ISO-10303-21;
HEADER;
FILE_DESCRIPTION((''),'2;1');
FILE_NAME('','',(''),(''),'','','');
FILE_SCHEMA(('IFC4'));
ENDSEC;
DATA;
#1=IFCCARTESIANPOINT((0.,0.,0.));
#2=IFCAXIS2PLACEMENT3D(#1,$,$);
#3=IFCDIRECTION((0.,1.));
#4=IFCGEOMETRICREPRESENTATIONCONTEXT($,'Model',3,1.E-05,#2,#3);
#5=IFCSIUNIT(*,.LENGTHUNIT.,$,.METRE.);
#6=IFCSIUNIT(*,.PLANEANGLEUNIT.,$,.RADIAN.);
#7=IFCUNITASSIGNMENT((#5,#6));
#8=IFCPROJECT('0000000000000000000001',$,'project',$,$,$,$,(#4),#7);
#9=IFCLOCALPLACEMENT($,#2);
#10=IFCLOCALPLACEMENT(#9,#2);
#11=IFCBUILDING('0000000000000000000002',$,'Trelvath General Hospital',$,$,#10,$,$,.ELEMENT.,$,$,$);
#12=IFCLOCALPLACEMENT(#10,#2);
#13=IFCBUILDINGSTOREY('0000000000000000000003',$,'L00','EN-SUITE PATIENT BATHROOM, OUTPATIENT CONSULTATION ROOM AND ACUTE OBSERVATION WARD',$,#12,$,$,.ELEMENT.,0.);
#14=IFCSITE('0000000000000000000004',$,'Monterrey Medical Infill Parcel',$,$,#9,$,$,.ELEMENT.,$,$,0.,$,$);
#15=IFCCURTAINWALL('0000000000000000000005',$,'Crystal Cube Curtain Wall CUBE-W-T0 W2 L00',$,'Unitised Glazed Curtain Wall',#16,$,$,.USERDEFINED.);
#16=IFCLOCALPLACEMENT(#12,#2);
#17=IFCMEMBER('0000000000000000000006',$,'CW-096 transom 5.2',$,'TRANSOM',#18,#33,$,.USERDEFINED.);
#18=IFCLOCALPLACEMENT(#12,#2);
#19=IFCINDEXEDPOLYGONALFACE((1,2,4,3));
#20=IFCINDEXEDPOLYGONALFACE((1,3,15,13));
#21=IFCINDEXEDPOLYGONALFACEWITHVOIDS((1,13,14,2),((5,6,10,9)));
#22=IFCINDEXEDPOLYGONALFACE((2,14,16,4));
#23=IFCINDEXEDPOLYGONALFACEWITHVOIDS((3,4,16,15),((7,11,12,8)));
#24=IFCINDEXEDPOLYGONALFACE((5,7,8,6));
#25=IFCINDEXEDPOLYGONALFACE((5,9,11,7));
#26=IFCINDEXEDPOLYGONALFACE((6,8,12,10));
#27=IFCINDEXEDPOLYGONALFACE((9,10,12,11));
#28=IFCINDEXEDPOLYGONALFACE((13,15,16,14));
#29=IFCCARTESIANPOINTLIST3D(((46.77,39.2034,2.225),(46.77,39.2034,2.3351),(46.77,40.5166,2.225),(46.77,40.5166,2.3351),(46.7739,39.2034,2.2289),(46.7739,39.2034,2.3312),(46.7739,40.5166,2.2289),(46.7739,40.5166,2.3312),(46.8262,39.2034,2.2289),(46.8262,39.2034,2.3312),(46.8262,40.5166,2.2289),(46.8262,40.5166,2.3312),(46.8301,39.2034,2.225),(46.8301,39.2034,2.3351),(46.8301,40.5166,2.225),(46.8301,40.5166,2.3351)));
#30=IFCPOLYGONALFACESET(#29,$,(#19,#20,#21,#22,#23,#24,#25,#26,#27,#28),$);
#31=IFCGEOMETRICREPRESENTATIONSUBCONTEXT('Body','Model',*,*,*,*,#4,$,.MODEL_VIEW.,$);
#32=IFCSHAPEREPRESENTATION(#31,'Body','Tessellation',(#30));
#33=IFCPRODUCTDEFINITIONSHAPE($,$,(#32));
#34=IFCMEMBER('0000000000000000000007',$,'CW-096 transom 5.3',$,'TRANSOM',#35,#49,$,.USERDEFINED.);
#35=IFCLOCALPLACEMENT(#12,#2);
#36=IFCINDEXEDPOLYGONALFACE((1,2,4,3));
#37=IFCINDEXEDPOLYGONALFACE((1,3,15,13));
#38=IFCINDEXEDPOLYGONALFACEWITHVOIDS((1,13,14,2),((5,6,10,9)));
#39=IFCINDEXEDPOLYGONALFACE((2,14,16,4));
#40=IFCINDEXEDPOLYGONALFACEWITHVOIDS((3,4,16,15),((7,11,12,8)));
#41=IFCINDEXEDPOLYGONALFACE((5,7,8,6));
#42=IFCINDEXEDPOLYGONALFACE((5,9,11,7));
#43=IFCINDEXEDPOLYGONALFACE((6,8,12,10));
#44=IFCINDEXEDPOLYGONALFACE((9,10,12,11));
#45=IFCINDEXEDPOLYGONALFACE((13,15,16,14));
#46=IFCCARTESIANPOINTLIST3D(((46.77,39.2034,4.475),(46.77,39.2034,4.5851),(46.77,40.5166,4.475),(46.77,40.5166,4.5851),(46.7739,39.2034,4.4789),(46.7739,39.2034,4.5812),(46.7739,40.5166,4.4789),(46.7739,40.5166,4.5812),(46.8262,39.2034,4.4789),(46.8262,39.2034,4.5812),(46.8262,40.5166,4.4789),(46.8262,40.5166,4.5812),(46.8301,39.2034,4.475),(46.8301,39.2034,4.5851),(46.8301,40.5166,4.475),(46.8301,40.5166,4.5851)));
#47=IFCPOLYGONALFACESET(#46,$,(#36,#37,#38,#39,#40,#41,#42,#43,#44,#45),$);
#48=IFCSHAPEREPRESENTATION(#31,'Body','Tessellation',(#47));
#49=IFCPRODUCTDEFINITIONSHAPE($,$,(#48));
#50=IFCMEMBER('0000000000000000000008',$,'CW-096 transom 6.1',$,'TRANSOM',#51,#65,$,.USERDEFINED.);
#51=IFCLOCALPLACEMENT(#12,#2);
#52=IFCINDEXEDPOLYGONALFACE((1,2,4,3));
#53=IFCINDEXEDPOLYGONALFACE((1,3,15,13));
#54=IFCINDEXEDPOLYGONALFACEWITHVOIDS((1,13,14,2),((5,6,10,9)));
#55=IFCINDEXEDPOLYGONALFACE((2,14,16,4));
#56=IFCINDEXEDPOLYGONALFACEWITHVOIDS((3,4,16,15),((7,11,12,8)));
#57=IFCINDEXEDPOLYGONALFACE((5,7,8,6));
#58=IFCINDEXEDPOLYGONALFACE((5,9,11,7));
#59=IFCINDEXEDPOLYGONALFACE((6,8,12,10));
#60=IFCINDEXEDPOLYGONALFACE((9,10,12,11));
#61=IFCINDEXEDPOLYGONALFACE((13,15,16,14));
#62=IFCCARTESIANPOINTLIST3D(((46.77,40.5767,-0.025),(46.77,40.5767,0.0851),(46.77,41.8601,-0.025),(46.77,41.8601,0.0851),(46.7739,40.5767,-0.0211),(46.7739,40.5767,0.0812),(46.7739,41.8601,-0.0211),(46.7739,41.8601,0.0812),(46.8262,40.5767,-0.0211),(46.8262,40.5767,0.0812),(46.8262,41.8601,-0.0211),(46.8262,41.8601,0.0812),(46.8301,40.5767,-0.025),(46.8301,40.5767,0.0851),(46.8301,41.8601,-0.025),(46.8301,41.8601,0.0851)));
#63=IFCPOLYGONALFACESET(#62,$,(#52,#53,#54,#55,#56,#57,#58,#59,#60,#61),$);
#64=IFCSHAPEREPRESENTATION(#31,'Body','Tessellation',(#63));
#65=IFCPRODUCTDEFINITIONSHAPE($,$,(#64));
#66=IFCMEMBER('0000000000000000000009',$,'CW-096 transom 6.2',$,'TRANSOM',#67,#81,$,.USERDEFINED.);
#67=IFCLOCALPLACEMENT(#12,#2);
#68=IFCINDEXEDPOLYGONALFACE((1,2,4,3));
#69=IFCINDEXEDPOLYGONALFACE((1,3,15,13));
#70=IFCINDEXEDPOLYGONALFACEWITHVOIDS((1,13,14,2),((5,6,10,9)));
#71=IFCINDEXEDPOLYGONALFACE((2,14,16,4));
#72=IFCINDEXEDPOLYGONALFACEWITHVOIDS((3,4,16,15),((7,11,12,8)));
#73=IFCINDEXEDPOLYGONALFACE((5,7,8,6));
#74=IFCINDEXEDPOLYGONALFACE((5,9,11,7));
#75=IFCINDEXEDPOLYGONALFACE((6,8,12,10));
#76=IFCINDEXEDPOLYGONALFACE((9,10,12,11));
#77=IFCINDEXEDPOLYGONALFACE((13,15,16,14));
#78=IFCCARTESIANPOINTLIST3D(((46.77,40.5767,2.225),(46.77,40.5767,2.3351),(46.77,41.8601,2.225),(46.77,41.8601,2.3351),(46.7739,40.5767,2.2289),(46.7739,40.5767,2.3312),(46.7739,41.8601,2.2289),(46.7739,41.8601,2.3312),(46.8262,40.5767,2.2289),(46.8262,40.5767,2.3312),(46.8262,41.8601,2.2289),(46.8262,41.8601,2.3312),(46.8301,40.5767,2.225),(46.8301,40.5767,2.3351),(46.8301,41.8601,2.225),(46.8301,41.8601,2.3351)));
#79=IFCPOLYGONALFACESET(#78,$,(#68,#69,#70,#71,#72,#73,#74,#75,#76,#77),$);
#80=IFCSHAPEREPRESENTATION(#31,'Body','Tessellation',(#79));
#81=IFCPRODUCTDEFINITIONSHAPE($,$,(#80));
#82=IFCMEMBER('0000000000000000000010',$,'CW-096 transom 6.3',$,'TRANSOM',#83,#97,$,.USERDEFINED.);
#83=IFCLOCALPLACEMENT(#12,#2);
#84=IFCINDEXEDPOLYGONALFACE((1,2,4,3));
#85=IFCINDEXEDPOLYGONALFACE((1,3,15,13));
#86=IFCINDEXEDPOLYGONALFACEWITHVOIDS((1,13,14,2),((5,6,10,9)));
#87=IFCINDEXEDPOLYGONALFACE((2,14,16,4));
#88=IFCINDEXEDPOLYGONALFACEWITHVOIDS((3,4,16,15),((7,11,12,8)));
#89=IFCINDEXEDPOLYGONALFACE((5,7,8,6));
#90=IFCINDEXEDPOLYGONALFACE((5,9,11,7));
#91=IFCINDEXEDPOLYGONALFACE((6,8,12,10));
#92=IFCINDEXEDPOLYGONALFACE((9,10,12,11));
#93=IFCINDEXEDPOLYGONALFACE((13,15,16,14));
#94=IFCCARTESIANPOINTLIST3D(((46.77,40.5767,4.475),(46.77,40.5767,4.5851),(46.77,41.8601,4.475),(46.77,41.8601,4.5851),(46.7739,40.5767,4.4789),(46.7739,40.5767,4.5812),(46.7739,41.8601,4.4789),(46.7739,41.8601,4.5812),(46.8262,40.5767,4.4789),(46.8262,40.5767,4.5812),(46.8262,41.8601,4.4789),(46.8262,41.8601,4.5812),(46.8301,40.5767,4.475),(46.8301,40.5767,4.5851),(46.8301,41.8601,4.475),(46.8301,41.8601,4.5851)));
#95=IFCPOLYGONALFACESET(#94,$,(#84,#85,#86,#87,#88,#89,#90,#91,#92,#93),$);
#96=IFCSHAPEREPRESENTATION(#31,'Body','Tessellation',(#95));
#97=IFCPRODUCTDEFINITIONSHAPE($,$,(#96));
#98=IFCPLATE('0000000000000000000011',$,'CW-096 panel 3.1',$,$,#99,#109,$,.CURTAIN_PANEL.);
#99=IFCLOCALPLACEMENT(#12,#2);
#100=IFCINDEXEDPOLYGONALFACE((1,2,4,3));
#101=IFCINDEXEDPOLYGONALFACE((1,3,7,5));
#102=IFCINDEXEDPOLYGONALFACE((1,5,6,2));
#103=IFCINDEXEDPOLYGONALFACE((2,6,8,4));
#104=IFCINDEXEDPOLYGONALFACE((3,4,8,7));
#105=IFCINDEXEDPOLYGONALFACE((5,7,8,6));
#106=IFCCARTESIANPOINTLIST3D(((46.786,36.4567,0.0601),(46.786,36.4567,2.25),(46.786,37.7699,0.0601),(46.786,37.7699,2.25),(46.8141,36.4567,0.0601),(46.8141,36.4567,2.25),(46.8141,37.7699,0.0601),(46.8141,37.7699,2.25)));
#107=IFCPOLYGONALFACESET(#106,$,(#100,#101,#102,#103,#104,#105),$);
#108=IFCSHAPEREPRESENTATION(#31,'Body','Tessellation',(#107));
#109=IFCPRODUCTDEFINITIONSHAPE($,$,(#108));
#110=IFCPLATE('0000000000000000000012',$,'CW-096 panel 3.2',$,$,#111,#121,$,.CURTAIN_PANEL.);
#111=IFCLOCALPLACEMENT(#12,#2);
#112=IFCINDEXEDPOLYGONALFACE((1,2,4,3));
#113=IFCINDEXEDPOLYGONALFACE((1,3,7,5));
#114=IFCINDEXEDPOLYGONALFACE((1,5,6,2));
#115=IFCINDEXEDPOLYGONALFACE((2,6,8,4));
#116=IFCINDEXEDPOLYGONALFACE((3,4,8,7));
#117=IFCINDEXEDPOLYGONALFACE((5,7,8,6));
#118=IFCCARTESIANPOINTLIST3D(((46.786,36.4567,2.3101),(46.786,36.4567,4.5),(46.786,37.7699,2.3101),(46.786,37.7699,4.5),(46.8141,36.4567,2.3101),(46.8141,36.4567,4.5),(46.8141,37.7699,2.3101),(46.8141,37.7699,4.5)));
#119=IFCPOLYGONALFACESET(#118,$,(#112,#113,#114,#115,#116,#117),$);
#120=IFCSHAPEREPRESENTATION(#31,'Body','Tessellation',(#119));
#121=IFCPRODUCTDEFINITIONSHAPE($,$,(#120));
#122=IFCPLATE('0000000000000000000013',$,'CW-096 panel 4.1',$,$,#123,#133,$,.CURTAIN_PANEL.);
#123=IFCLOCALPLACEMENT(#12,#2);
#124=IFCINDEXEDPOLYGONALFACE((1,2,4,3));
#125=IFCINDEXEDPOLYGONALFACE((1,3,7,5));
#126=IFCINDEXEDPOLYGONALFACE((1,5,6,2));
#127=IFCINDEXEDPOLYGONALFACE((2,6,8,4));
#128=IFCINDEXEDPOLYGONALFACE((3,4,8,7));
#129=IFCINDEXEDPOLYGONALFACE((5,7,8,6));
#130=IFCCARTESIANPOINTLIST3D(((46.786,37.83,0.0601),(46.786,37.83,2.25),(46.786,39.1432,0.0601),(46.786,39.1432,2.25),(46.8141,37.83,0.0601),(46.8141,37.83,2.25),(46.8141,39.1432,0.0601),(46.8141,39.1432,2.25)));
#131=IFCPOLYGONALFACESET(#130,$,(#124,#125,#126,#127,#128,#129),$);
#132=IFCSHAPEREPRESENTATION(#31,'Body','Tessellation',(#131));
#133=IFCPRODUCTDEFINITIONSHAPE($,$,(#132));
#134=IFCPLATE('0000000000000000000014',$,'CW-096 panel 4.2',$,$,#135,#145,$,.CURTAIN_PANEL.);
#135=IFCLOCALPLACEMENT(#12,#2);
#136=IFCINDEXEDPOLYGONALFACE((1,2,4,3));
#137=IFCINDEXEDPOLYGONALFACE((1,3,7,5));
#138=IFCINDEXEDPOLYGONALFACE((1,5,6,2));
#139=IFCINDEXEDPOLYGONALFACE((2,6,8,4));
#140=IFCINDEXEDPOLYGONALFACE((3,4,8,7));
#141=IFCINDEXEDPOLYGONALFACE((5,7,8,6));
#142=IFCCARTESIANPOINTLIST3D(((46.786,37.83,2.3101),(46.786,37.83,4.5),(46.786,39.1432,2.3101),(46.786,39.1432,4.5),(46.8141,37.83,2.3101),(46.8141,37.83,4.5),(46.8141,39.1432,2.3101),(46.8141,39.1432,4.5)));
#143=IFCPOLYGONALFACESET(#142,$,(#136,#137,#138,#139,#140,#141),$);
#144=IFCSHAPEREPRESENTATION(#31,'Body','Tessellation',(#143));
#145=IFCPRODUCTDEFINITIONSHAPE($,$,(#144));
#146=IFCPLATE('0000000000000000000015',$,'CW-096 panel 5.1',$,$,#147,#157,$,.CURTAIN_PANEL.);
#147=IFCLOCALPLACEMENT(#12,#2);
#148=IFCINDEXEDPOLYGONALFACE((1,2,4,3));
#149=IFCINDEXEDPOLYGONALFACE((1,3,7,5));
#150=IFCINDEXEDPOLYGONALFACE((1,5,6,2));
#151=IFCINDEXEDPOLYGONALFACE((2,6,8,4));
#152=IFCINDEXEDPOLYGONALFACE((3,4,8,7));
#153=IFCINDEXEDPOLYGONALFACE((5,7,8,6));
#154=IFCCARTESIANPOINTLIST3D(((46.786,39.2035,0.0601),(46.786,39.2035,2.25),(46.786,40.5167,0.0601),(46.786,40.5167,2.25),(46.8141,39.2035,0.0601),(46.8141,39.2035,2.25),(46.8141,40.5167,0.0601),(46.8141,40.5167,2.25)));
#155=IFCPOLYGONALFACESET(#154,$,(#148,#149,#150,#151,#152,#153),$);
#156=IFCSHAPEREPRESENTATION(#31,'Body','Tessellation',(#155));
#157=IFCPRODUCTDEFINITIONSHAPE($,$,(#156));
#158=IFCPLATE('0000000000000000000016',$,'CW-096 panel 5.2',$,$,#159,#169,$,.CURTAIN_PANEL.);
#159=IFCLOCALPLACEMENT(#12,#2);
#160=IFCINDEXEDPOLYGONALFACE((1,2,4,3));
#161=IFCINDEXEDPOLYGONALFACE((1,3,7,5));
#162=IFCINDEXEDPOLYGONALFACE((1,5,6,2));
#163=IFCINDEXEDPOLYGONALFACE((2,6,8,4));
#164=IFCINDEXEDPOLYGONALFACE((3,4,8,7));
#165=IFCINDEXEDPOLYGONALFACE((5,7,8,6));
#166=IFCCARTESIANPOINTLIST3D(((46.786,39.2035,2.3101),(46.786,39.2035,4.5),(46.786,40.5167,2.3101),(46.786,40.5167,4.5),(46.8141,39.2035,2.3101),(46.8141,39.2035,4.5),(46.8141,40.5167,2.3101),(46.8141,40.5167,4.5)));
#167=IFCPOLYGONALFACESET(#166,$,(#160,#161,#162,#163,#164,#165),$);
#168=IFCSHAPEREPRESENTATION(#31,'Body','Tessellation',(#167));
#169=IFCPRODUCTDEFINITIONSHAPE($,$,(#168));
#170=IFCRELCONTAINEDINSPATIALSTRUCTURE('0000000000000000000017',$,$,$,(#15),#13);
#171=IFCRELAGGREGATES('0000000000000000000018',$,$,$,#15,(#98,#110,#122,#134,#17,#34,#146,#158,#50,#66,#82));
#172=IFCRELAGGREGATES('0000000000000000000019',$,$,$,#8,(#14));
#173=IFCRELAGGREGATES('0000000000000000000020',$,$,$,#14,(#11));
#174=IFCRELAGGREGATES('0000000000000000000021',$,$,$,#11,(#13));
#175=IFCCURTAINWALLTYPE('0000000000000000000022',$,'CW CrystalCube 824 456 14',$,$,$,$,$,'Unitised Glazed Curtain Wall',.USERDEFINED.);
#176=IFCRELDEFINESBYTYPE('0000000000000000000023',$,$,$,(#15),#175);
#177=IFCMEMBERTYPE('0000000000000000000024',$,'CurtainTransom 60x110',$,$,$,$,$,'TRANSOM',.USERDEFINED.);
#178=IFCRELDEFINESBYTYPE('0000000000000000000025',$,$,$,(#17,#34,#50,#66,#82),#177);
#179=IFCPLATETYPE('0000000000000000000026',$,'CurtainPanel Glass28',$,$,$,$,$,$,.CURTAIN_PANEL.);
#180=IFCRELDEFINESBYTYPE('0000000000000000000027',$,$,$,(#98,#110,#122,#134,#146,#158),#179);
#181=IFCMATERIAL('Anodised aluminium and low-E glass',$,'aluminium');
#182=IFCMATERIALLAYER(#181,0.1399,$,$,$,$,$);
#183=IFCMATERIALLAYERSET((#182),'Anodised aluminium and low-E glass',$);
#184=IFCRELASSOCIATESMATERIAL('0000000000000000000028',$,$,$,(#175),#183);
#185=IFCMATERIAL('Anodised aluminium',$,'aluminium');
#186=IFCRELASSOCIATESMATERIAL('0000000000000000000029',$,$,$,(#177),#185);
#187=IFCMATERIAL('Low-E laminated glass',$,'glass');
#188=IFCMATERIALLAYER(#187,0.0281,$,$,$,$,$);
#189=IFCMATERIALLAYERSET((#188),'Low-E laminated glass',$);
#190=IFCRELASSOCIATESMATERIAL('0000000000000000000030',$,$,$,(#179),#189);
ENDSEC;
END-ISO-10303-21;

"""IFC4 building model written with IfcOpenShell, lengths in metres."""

from ifc_helpers import new_model, si_unit, direction, frame, origin, origin_2d, place, context, subcontext, project, spatial, rectangle, hollow_rectangle, extrude, material, layer, layer_set, material_profile, profile_set, type_object, element, aggregate, save


model = new_model("IFC4")

# Units and contexts
model_context = context("Model", 3, precision=1e-05, world=origin(), true_north=direction((0.0, 1.0)))
body_context = subcontext(model_context, "Body", "Model", "MODEL_VIEW")
ifc_project = project(units=[si_unit("LENGTHUNIT", "METRE"), si_unit("PLANEANGLEUNIT", "RADIAN")], contexts=[model_context])

# Site, building, storey
site_placement = place(None, origin())
site = spatial("IfcSite", under=ifc_project, at=site_placement, Name="Monterrey Medical Infill Parcel", CompositionType="ELEMENT", RefElevation=0.0)
building_placement = place(site_placement, origin())
building = spatial("IfcBuilding", under=site, at=building_placement, Name="Trelvath General Hospital", CompositionType="ELEMENT")
storey_placement = place(building_placement, origin())
storey = spatial("IfcBuildingStorey", under=building, at=storey_placement, Name="L00", Description="EN-SUITE PATIENT BATHROOM, OUTPATIENT CONSULTATION ROOM AND ACUTE OBSERVATION WARD", CompositionType="ELEMENT", Elevation=0.0)

# Curtain wall, members, plates
ifc_material_1 = material(Name="Anodised aluminium and low-E glass", Category="aluminium")
ifc_layer_1 = layer(ifc_material_1, 0.1399)
ifc_layer_set_1 = layer_set([ifc_layer_1], Name="Anodised aluminium and low-E glass")
curtain_wall_type = type_object("IfcCurtainWallType", Name="CW CrystalCube 824 456 14", ElementType="Unitised Glazed Curtain Wall", PredefinedType="USERDEFINED", material=ifc_layer_set_1)
curtain_wall_placement = place(storey_placement, origin())
curtain_wall = element("IfcCurtainWall", 1, at=curtain_wall_placement, inside=storey, type_object=curtain_wall_type, Name="Crystal Cube Curtain Wall CUBE-W-T0 W2 L00", ObjectType="Unitised Glazed Curtain Wall", PredefinedType="USERDEFINED")
ifc_material_2 = material(Name="Anodised aluminium", Category="aluminium")
ifc_material_profile_1 = material_profile(ifc_material_2, hollow_rectangle(XDim=0.0601, YDim=0.1101, WallThickness=0.0039, at=origin_2d()), Name="RHS60x110x4")
ifc_profile_set_1 = profile_set([ifc_material_profile_1], Name="Anodised aluminium")
member_type_1 = type_object("IfcMemberType", Name="CurtainTransom 60x110", ElementType="TRANSOM", PredefinedType="USERDEFINED", material=ifc_profile_set_1)
member_1_placement = place(storey_placement, frame((46.8, 39.2034, 2.28), z_axis=(0.0, 1.0, 0.0), x_axis=(-1.0, 0.0, 0.0)))
member_1 = element("IfcMember", 2, at=member_1_placement, type_object=member_type_1, Name="CW-096 transom 5.2", ObjectType="TRANSOM", PredefinedType="USERDEFINED", context=body_context, shape_type="SweptSolid", body=[
    extrude(hollow_rectangle(XDim=0.0601, YDim=0.1101, WallThickness=0.0039, at=origin_2d()), origin(), (0.0, 0.0, 1.0), 1.3132),
])
member_2_placement = place(storey_placement, frame((46.8, 39.2034, 4.53), z_axis=(0.0, 1.0, 0.0), x_axis=(-1.0, 0.0, 0.0)))
member_2 = element("IfcMember", 3, at=member_2_placement, type_object=member_type_1, Name="CW-096 transom 5.3", ObjectType="TRANSOM", PredefinedType="USERDEFINED", context=body_context, shape_type="SweptSolid", body=[
    extrude(hollow_rectangle(XDim=0.0601, YDim=0.1101, WallThickness=0.0039, at=origin_2d()), origin(), (0.0, 0.0, 1.0), 1.3132),
])
member_3_placement = place(storey_placement, frame((46.8, 40.5767, 0.03), z_axis=(0.0, 1.0, 0.0), x_axis=(-1.0, 0.0, 0.0)))
member_3 = element("IfcMember", 4, at=member_3_placement, type_object=member_type_1, Name="CW-096 transom 6.1", ObjectType="TRANSOM", PredefinedType="USERDEFINED", context=body_context, shape_type="SweptSolid", body=[
    extrude(hollow_rectangle(XDim=0.0601, YDim=0.1101, WallThickness=0.0039, at=origin_2d()), origin(), (0.0, 0.0, 1.0), 1.2834),
])
member_4_placement = place(storey_placement, frame((46.8, 40.5767, 2.28), z_axis=(0.0, 1.0, 0.0), x_axis=(-1.0, 0.0, 0.0)))
member_4 = element("IfcMember", 5, at=member_4_placement, type_object=member_type_1, Name="CW-096 transom 6.2", ObjectType="TRANSOM", PredefinedType="USERDEFINED", context=body_context, shape_type="SweptSolid", body=[
    extrude(hollow_rectangle(XDim=0.0601, YDim=0.1101, WallThickness=0.0039, at=origin_2d()), origin(), (0.0, 0.0, 1.0), 1.2834),
])
member_5_placement = place(storey_placement, frame((46.8, 40.5767, 4.53), z_axis=(0.0, 1.0, 0.0), x_axis=(-1.0, 0.0, 0.0)))
member_5 = element("IfcMember", 6, at=member_5_placement, type_object=member_type_1, Name="CW-096 transom 6.3", ObjectType="TRANSOM", PredefinedType="USERDEFINED", context=body_context, shape_type="SweptSolid", body=[
    extrude(hollow_rectangle(XDim=0.0601, YDim=0.1101, WallThickness=0.0039, at=origin_2d()), origin(), (0.0, 0.0, 1.0), 1.2834),
])
ifc_material_3 = material(Name="Low-E laminated glass", Category="glass")
ifc_layer_2 = layer(ifc_material_3, 0.0281)
ifc_layer_set_2 = layer_set([ifc_layer_2], Name="Low-E laminated glass")
plate_type = type_object("IfcPlateType", Name="CurtainPanel Glass28", PredefinedType="CURTAIN_PANEL", material=ifc_layer_set_2)
plate_1_placement = place(storey_placement, frame((46.8, 37.1133, 0.0601), z_axis=(0.0, 0.0, 1.0), x_axis=(0.0, 1.0, 0.0)))
plate_1 = element("IfcPlate", 7, at=plate_1_placement, type_object=plate_type, Name="CW-096 panel 3.1", PredefinedType="CURTAIN_PANEL", context=body_context, shape_type="SweptSolid", body=[
    extrude(rectangle(XDim=1.3132, YDim=0.0281, at=origin_2d()), origin(), (0.0, 0.0, 1.0), 2.1899),
])
plate_2_placement = place(storey_placement, frame((46.8, 37.1133, 2.3101), z_axis=(0.0, 0.0, 1.0), x_axis=(0.0, 1.0, 0.0)))
plate_2 = element("IfcPlate", 8, at=plate_2_placement, type_object=plate_type, Name="CW-096 panel 3.2", PredefinedType="CURTAIN_PANEL", context=body_context, shape_type="SweptSolid", body=[
    extrude(rectangle(XDim=1.3132, YDim=0.0281, at=origin_2d()), origin(), (0.0, 0.0, 1.0), 2.1899),
])
plate_3_placement = place(storey_placement, frame((46.8, 38.4866, 0.0601), z_axis=(0.0, 0.0, 1.0), x_axis=(0.0, 1.0, 0.0)))
plate_3 = element("IfcPlate", 9, at=plate_3_placement, type_object=plate_type, Name="CW-096 panel 4.1", PredefinedType="CURTAIN_PANEL", context=body_context, shape_type="SweptSolid", body=[
    extrude(rectangle(XDim=1.3132, YDim=0.0281, at=origin_2d()), origin(), (0.0, 0.0, 1.0), 2.1899),
])
plate_4_placement = place(storey_placement, frame((46.8, 38.4866, 2.3101), z_axis=(0.0, 0.0, 1.0), x_axis=(0.0, 1.0, 0.0)))
plate_4 = element("IfcPlate", 10, at=plate_4_placement, type_object=plate_type, Name="CW-096 panel 4.2", PredefinedType="CURTAIN_PANEL", context=body_context, shape_type="SweptSolid", body=[
    extrude(rectangle(XDim=1.3132, YDim=0.0281, at=origin_2d()), origin(), (0.0, 0.0, 1.0), 2.1899),
])
plate_5_placement = place(storey_placement, frame((46.8, 39.8601, 0.0601), z_axis=(0.0, 0.0, 1.0), x_axis=(0.0, 1.0, 0.0)))
plate_5 = element("IfcPlate", 11, at=plate_5_placement, type_object=plate_type, Name="CW-096 panel 5.1", PredefinedType="CURTAIN_PANEL", context=body_context, shape_type="SweptSolid", body=[
    extrude(rectangle(XDim=1.3132, YDim=0.0281, at=origin_2d()), origin(), (0.0, 0.0, 1.0), 2.1899),
])
plate_6_placement = place(storey_placement, frame((46.8, 39.8601, 2.3101), z_axis=(0.0, 0.0, 1.0), x_axis=(0.0, 1.0, 0.0)))
plate_6 = element("IfcPlate", 12, at=plate_6_placement, type_object=plate_type, Name="CW-096 panel 5.2", PredefinedType="CURTAIN_PANEL", context=body_context, shape_type="SweptSolid", body=[
    extrude(rectangle(XDim=1.3132, YDim=0.0281, at=origin_2d()), origin(), (0.0, 0.0, 1.0), 2.1899),
])
aggregate(curtain_wall, [plate_1, plate_2, plate_3, plate_4, member_1, member_2, plate_5, plate_6, member_3, member_4, member_5])

save(model, "model.ifc")
